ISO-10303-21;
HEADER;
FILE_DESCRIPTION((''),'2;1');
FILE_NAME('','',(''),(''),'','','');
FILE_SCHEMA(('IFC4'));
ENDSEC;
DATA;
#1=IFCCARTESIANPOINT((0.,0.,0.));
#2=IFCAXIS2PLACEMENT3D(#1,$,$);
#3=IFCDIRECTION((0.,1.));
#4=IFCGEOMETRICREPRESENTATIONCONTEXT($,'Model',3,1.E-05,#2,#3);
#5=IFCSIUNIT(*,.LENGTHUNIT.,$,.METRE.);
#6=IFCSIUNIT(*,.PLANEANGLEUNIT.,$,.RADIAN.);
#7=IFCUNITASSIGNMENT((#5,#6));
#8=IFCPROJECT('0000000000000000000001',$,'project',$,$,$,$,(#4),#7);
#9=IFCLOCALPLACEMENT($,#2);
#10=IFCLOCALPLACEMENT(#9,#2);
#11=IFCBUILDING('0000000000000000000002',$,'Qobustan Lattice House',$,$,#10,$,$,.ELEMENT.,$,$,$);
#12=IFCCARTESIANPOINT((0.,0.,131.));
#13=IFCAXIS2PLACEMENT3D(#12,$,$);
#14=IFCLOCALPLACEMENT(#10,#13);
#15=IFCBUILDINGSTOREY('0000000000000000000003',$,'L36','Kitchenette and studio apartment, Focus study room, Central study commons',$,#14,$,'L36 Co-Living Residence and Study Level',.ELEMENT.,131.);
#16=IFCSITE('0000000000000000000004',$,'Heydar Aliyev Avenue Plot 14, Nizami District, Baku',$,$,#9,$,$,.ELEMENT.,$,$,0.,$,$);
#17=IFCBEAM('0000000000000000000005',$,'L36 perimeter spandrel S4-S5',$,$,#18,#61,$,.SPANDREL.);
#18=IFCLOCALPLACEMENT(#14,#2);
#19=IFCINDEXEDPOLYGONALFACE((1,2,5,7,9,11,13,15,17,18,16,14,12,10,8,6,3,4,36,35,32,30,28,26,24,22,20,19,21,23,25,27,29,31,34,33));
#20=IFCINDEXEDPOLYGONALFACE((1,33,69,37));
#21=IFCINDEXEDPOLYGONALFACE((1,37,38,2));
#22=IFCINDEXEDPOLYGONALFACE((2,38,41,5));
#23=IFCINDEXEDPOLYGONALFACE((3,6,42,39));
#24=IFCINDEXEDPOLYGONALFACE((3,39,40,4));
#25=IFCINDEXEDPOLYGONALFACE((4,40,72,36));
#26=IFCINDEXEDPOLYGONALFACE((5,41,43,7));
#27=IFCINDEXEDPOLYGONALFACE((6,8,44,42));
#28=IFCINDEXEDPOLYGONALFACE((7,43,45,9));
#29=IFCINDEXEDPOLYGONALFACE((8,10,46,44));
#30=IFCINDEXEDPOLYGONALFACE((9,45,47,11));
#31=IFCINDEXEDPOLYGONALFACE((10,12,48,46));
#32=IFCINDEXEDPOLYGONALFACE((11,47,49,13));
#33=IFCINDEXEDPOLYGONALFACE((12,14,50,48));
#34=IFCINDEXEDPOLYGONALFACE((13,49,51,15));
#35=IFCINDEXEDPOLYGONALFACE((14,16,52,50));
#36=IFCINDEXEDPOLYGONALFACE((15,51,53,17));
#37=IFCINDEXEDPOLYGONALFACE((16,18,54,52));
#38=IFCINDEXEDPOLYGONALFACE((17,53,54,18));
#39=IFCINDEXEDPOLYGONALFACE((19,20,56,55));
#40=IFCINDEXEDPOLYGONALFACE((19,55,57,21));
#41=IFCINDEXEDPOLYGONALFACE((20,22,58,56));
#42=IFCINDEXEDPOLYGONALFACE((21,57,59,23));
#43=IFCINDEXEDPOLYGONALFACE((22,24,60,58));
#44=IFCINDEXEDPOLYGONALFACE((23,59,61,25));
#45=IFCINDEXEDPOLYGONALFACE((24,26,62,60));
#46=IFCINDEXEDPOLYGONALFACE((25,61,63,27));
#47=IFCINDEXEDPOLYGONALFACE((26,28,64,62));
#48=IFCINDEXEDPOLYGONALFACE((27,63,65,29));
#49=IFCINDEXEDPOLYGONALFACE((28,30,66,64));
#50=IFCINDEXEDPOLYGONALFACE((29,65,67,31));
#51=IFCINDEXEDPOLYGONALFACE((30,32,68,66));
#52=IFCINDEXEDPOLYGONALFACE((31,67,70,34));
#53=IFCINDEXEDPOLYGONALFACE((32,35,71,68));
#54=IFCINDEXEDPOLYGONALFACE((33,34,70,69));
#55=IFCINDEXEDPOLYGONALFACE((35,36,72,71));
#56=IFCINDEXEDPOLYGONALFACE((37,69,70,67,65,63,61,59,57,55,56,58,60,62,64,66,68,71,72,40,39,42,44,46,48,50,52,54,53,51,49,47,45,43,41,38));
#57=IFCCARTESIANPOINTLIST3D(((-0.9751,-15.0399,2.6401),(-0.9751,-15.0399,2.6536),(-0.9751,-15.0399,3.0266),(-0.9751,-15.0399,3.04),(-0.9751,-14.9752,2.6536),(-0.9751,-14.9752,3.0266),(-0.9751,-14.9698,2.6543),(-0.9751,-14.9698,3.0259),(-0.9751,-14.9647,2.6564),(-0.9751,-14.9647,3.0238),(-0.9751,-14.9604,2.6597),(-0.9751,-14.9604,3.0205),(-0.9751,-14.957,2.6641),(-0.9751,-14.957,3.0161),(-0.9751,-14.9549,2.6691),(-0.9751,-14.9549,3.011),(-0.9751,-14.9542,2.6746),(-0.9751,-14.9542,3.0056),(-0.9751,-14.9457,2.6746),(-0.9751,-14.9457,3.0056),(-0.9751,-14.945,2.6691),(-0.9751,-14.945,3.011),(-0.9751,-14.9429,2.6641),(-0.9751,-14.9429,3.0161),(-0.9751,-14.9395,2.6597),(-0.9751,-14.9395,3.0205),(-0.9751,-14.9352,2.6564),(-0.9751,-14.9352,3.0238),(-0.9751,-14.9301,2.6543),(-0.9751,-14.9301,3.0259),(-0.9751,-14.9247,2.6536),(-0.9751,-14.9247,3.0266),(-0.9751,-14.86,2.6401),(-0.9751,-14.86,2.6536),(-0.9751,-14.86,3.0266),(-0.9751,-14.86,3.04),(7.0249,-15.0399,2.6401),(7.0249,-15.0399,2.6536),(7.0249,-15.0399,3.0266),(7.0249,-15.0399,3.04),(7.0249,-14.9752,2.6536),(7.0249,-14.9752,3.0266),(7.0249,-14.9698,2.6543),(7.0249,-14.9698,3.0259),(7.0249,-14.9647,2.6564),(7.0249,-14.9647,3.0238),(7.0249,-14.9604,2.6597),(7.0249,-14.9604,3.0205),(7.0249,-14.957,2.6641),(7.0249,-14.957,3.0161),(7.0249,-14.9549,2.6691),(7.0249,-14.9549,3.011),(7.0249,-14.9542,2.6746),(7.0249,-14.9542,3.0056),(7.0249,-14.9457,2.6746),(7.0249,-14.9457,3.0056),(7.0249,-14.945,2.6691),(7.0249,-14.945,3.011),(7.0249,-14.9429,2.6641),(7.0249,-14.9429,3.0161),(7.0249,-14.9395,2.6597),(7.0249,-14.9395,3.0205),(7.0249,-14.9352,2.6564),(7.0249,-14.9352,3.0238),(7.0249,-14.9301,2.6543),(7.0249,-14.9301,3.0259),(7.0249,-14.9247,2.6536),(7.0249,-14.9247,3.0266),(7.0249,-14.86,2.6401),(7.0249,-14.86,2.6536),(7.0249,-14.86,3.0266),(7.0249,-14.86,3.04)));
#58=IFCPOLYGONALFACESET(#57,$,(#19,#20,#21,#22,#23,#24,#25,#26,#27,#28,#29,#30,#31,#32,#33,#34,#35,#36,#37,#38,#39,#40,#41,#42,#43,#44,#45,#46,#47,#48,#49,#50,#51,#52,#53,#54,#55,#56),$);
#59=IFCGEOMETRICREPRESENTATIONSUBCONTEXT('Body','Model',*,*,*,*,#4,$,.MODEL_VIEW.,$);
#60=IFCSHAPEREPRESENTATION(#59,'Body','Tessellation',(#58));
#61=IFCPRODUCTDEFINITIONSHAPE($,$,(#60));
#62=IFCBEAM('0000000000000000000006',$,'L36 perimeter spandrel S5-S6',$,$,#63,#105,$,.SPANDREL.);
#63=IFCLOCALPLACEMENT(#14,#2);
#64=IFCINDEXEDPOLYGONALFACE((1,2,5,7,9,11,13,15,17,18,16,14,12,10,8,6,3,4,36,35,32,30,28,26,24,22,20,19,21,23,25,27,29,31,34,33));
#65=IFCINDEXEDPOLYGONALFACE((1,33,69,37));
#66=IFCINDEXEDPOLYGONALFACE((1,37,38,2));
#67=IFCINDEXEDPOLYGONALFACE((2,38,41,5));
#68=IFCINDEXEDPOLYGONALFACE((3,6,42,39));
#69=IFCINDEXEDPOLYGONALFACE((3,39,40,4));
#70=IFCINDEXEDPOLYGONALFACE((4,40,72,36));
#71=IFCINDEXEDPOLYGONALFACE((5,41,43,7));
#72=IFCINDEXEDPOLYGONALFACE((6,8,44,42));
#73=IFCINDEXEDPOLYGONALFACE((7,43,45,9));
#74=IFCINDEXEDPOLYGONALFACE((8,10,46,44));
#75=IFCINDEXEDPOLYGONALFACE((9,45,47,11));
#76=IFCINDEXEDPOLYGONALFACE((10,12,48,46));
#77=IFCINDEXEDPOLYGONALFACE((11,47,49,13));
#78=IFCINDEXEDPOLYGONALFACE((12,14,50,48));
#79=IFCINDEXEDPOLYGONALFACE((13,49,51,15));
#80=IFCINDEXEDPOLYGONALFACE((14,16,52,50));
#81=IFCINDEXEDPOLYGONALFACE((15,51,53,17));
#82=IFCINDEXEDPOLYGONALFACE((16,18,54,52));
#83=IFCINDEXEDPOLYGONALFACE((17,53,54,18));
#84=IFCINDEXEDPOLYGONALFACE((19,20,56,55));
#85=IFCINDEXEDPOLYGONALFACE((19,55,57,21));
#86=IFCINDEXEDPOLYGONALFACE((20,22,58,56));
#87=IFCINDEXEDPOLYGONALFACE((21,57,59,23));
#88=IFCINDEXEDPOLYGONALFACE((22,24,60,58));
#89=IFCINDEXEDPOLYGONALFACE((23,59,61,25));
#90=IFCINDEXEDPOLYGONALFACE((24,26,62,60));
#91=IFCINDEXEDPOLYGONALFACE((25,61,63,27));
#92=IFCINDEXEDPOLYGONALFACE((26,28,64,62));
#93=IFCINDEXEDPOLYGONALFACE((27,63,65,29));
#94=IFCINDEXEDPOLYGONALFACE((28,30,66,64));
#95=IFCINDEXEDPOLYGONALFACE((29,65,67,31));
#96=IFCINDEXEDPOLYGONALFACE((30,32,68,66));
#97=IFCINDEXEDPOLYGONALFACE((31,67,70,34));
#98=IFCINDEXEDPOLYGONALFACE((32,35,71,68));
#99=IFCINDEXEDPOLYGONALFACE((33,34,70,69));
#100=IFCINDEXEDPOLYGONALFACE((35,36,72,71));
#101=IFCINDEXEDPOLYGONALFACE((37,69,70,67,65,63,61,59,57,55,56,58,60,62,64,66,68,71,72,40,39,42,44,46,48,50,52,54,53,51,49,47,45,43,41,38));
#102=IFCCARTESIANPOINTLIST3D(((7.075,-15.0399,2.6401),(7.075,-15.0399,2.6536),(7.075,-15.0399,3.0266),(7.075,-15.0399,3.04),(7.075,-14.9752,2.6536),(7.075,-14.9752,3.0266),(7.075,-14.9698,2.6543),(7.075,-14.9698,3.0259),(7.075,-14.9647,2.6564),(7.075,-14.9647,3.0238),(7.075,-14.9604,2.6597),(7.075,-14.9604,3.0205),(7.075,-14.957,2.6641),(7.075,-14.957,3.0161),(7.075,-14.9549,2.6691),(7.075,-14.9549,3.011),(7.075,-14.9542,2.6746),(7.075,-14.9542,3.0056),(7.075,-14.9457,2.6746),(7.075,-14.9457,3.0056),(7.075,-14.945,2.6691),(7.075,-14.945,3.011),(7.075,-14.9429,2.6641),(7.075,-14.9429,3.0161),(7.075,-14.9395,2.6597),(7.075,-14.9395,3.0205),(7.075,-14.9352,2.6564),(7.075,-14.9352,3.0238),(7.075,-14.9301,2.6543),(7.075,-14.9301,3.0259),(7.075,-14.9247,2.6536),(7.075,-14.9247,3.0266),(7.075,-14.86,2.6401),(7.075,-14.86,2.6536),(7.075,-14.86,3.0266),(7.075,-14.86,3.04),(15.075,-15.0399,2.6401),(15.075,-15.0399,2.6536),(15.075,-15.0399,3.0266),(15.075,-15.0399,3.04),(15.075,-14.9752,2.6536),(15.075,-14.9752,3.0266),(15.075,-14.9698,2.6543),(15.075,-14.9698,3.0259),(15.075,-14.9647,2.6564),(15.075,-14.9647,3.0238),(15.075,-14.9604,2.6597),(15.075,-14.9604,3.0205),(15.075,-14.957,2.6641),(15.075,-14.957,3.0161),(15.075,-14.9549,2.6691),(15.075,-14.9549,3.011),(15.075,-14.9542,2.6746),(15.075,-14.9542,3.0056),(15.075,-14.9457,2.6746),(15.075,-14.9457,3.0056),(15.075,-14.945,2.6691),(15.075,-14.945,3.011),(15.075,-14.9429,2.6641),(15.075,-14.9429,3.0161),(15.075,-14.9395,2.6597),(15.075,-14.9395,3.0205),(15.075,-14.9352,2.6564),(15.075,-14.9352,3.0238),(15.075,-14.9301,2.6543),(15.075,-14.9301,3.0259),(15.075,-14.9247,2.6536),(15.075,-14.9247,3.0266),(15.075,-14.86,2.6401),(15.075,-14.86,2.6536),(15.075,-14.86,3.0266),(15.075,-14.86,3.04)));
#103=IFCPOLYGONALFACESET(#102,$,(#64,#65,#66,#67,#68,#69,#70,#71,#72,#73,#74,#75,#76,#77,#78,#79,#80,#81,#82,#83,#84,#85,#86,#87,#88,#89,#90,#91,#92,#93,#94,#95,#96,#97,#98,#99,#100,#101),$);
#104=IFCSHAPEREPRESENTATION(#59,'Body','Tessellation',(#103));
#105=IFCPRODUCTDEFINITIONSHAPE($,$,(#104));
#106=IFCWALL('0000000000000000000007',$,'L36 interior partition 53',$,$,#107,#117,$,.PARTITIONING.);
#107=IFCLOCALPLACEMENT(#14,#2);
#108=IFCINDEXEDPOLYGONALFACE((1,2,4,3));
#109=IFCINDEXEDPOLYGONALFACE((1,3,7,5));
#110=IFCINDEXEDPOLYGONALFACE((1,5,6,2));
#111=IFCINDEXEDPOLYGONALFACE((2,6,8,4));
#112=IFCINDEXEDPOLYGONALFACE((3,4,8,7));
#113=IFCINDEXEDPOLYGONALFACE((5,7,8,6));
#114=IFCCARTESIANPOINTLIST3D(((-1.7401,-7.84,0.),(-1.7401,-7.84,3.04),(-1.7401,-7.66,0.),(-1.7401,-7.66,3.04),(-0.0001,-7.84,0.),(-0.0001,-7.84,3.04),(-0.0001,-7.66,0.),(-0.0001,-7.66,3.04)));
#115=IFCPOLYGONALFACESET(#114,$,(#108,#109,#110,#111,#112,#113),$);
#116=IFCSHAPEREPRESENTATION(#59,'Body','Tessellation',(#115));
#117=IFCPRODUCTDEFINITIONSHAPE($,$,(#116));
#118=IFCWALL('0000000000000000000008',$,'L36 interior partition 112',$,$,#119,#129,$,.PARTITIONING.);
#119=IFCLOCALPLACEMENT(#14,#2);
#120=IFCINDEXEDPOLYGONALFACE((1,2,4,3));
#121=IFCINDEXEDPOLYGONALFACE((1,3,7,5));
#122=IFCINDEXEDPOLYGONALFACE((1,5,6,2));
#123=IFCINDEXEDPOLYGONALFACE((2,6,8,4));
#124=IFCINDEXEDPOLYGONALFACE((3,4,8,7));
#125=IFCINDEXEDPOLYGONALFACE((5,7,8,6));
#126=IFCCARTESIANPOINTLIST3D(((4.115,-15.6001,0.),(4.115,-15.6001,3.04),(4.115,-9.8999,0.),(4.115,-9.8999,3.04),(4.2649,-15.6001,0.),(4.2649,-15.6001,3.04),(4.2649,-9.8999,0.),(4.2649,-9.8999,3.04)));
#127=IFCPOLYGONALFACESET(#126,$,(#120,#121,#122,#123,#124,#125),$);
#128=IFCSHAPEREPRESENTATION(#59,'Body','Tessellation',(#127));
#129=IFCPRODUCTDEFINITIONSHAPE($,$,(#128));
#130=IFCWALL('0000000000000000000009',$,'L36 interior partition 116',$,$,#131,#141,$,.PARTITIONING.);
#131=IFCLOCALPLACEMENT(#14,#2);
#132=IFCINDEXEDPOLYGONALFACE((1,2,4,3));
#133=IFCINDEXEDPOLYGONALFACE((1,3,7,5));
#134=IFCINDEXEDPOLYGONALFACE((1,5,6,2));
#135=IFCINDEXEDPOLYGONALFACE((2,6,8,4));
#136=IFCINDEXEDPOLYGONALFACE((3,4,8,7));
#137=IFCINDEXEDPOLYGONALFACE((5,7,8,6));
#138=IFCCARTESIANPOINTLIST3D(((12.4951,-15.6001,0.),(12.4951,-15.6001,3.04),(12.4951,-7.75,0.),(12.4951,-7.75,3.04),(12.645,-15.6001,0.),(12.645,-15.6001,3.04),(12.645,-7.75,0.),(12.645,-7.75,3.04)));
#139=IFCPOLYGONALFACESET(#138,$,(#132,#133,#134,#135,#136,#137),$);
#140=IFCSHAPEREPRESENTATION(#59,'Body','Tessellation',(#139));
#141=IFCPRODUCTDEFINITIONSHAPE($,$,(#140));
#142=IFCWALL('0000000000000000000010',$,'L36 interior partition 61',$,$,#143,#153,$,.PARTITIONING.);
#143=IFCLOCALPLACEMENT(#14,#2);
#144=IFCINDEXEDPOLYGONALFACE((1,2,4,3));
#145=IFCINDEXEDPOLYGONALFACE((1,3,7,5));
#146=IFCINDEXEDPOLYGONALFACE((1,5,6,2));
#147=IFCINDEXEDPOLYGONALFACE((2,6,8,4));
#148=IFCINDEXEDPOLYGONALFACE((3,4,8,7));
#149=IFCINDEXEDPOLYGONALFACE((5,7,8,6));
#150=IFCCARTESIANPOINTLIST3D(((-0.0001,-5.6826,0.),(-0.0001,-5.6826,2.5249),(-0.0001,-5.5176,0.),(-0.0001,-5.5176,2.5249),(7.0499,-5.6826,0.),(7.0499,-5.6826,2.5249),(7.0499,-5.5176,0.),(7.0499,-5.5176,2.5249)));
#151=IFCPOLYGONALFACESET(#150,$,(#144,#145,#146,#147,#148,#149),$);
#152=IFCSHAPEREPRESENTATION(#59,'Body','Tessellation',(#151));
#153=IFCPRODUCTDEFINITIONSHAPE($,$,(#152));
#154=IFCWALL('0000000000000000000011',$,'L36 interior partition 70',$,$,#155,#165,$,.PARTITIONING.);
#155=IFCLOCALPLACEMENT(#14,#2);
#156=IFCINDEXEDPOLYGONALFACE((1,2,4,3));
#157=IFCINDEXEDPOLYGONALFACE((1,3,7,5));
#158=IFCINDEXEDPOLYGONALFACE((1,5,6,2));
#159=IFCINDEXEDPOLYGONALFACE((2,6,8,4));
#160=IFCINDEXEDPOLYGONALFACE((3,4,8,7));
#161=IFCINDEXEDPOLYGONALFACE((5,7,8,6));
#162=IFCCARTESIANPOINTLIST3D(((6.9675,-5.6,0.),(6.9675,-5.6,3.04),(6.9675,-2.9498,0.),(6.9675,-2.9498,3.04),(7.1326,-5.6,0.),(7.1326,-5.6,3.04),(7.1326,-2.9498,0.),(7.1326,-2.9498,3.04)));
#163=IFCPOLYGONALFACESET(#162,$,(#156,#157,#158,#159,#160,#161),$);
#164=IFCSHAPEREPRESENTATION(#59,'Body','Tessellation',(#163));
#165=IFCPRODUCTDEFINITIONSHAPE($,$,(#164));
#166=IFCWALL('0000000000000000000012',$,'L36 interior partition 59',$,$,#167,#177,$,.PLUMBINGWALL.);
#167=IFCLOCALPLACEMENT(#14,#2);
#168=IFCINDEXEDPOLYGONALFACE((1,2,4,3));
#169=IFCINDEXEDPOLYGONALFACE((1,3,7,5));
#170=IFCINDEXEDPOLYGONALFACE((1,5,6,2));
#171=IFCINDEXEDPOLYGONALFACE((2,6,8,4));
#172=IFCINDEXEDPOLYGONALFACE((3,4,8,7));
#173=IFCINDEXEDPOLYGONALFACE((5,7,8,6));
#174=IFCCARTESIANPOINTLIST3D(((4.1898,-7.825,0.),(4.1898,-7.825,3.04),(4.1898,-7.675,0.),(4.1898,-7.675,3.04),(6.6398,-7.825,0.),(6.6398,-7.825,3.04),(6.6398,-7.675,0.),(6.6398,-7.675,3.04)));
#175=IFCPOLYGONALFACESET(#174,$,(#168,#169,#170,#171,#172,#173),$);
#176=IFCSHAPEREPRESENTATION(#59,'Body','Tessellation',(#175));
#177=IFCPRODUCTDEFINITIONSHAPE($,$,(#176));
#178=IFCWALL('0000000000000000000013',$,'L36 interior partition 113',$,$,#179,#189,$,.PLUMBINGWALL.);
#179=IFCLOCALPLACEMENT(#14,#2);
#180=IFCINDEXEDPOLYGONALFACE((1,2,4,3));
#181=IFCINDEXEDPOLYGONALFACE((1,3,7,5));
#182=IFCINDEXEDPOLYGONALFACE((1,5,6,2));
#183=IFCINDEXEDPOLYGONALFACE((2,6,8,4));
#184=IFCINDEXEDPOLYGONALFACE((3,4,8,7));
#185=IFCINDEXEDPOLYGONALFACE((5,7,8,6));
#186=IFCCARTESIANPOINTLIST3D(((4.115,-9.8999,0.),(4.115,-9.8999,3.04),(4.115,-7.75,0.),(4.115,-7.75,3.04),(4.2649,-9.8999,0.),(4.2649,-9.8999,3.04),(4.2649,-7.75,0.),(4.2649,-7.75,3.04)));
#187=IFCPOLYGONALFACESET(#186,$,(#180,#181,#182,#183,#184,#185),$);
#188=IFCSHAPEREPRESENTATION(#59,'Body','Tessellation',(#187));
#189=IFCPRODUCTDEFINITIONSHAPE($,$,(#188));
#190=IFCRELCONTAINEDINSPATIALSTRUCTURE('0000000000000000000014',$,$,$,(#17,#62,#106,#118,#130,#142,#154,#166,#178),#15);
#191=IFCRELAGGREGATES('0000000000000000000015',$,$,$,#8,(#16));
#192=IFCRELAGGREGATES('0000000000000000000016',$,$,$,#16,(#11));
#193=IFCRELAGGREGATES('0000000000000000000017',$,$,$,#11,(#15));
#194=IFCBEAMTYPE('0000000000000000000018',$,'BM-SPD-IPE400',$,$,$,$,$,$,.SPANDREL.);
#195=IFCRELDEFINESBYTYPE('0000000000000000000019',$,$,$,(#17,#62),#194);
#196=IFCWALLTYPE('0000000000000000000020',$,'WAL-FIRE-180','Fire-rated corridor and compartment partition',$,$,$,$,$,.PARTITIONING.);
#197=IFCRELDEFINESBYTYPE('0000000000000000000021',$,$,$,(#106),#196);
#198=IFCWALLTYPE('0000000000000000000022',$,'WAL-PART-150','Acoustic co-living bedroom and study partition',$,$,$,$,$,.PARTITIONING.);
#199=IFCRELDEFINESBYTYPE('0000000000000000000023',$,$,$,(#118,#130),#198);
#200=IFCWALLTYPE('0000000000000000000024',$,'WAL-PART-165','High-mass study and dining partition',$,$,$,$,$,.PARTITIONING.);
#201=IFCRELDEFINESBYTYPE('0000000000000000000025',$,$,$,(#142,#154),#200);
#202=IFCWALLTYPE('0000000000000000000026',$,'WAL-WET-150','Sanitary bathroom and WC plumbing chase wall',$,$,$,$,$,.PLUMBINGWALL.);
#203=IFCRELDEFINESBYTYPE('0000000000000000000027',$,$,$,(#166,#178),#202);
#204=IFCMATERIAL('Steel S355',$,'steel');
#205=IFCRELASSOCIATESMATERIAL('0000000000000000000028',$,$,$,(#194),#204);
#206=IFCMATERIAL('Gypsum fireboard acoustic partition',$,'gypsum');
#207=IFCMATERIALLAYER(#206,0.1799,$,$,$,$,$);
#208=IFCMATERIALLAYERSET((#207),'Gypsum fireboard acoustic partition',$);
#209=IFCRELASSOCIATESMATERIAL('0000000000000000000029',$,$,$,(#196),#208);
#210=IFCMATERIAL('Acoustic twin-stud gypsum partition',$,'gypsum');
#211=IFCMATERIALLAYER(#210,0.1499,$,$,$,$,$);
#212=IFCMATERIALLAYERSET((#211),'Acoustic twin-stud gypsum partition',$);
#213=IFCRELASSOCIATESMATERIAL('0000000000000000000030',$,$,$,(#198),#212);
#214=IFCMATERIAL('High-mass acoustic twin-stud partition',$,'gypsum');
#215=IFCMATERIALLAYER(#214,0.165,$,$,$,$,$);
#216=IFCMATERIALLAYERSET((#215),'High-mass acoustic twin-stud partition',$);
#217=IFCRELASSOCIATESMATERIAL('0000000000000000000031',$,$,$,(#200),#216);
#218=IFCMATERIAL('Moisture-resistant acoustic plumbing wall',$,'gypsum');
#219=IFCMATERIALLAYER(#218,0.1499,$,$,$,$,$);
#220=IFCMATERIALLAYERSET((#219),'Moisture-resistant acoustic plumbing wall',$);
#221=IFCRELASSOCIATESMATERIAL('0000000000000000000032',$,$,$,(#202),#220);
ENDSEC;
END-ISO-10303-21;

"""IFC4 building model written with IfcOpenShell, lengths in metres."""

from ifc_helpers import new_model, si_unit, direction, frame, frame_2d, origin, origin_2d, place, context, subcontext, project, spatial, rectangle, i_section, extrude, material, layer, layer_set, material_profile, profile_set, type_object, element, save


model = new_model("IFC4")

# Units and contexts
model_context = context("Model", 3, precision=1e-05, world=origin(), true_north=direction((0.0, 1.0)))
body_context = subcontext(model_context, "Body", "Model", "MODEL_VIEW")
ifc_project = project(units=[si_unit("LENGTHUNIT", "METRE"), si_unit("PLANEANGLEUNIT", "RADIAN")], contexts=[model_context])

# Site, building, storey
site_placement = place(None, origin())
site = spatial("IfcSite", under=ifc_project, at=site_placement, Name="Heydar Aliyev Avenue Plot 14, Nizami District, Baku", CompositionType="ELEMENT", RefElevation=0.0)
building_placement = place(site_placement, origin())
building = spatial("IfcBuilding", under=site, at=building_placement, Name="Qobustan Lattice House", CompositionType="ELEMENT")
storey_placement = place(building_placement, frame((0.0, 0.0, 131.0)))
storey = spatial("IfcBuildingStorey", under=building, at=storey_placement, Name="L36", Description="Kitchenette and studio apartment, Focus study room, Central study commons", LongName="L36 Co-Living Residence and Study Level", CompositionType="ELEMENT", Elevation=131.0)

# Beams
ifc_material_1 = material(Name="Steel S355", Category="steel")
ifc_material_profile_1 = material_profile(ifc_material_1, i_section(OverallWidth=0.1799, OverallDepth=0.3999, WebThickness=0.0085, FlangeThickness=0.0134, FilletRadius=0.021, at=origin_2d()), Name="IPE400")
ifc_profile_set_1 = profile_set([ifc_material_profile_1], Name="Steel S355")
beam_type_1 = type_object("IfcBeamType", Name="BM-SPD-IPE400", PredefinedType="SPANDREL", material=ifc_profile_set_1)
for number, where, z_axis, x_axis, name in (
    (1, (-0.9751, -14.95, 2.8401), (1.0, 0.0, 0.0), (0.0, 1.0, 0.0), "L36 perimeter spandrel S4-S5"),
    (2, (7.075, -14.95, 2.8401), (1.0, 0.0, 0.0), (0.0, 1.0, 0.0), "L36 perimeter spandrel S5-S6"),
):
    element("IfcBeam", number, at=place(storey_placement, frame(where, z_axis=z_axis, x_axis=x_axis)), inside=storey, type_object=beam_type_1, Name=name, PredefinedType="SPANDREL", context=body_context, shape_type="SweptSolid", body=[
        extrude(i_section(OverallWidth=0.1799, OverallDepth=0.3999, WebThickness=0.0085, FlangeThickness=0.0134, FilletRadius=0.021, at=origin_2d()), origin(), (0.0, 0.0, 1.0), 8.0),
    ])

# Wall
ifc_material_2 = material(Name="Gypsum fireboard acoustic partition", Category="gypsum")
ifc_layer_1 = layer(ifc_material_2, 0.1799)
ifc_layer_set_1 = layer_set([ifc_layer_1], Name="Gypsum fireboard acoustic partition")
wall_type_1 = type_object("IfcWallType", Name="WAL-FIRE-180", Description="Fire-rated corridor and compartment partition", PredefinedType="PARTITIONING", material=ifc_layer_set_1)
wall_1_placement = place(storey_placement, frame((0.0, -7.75, 0.0), z_axis=(0.0, 0.0, 1.0), x_axis=(-1.0, 0.0, 0.0)))
element("IfcWall", 3, at=wall_1_placement, inside=storey, type_object=wall_type_1, Name="L36 interior partition 53", PredefinedType="PARTITIONING", context=body_context, shape_type="SweptSolid", body=[
    extrude(rectangle(XDim=1.74, YDim=0.1799, at=frame_2d((0.8701, 0.0))), origin(), (0.0, 0.0, 1.0), 3.04),
])

# Walls
ifc_material_3 = material(Name="Acoustic twin-stud gypsum partition", Category="gypsum")
ifc_layer_2 = layer(ifc_material_3, 0.1499)
ifc_layer_set_2 = layer_set([ifc_layer_2], Name="Acoustic twin-stud gypsum partition")
wall_type_2 = type_object("IfcWallType", Name="WAL-PART-150", Description="Acoustic co-living bedroom and study partition", PredefinedType="PARTITIONING", material=ifc_layer_set_2)
wall_2_placement = place(storey_placement, frame((4.1899, -9.8999, 0.0), z_axis=(0.0, 0.0, 1.0), x_axis=(0.0, -1.0, 0.0)))
element("IfcWall", 4, at=wall_2_placement, inside=storey, type_object=wall_type_2, Name="L36 interior partition 112", PredefinedType="PARTITIONING", context=body_context, shape_type="SweptSolid", body=[
    extrude(rectangle(XDim=5.7002, YDim=0.1499, at=frame_2d((2.8501, 0.0))), origin(), (0.0, 0.0, 1.0), 3.04),
])
wall_3_placement = place(storey_placement, frame((12.5701, -7.75, 0.0), z_axis=(0.0, 0.0, 1.0), x_axis=(0.0, -1.0, 0.0)))
element("IfcWall", 5, at=wall_3_placement, inside=storey, type_object=wall_type_2, Name="L36 interior partition 116", PredefinedType="PARTITIONING", context=body_context, shape_type="SweptSolid", body=[
    extrude(rectangle(XDim=7.8501, YDim=0.1499, at=frame_2d((3.925, 0.0))), origin(), (0.0, 0.0, 1.0), 3.04),
])
ifc_material_4 = material(Name="High-mass acoustic twin-stud partition", Category="gypsum")
ifc_layer_3 = layer(ifc_material_4, 0.165)
ifc_layer_set_3 = layer_set([ifc_layer_3], Name="High-mass acoustic twin-stud partition")
wall_type_3 = type_object("IfcWallType", Name="WAL-PART-165", Description="High-mass study and dining partition", PredefinedType="PARTITIONING", material=ifc_layer_set_3)
wall_4_placement = place(storey_placement, frame((0.0, -5.6001, 0.0), z_axis=(0.0, 0.0, 1.0), x_axis=(1.0, 0.0, 0.0)))
element("IfcWall", 6, at=wall_4_placement, inside=storey, type_object=wall_type_3, Name="L36 interior partition 61", PredefinedType="PARTITIONING", context=body_context, shape_type="SweptSolid", body=[
    extrude(rectangle(XDim=7.05, YDim=0.165, at=frame_2d((3.5249, 0.0))), origin(), (0.0, 0.0, 1.0), 2.5249),
])
wall_5_placement = place(storey_placement, frame((7.05, -5.6001, 0.0), z_axis=(0.0, 0.0, 1.0), x_axis=(0.0, 1.0, 0.0)))
element("IfcWall", 7, at=wall_5_placement, inside=storey, type_object=wall_type_3, Name="L36 interior partition 70", PredefinedType="PARTITIONING", context=body_context, shape_type="SweptSolid", body=[
    extrude(rectangle(XDim=2.6501, YDim=0.165, at=frame_2d((1.3252, 0.0))), origin(), (0.0, 0.0, 1.0), 3.04),
])
ifc_material_5 = material(Name="Moisture-resistant acoustic plumbing wall", Category="gypsum")
ifc_layer_4 = layer(ifc_material_5, 0.1499)
ifc_layer_set_4 = layer_set([ifc_layer_4], Name="Moisture-resistant acoustic plumbing wall")
wall_type_4 = type_object("IfcWallType", Name="WAL-WET-150", Description="Sanitary bathroom and WC plumbing chase wall", PredefinedType="PLUMBINGWALL", material=ifc_layer_set_4)
wall_6_placement = place(storey_placement, frame((6.6399, -7.75, 0.0), z_axis=(0.0, 0.0, 1.0), x_axis=(-1.0, 0.0, 0.0)))
element("IfcWall", 8, at=wall_6_placement, inside=storey, type_object=wall_type_4, Name="L36 interior partition 59", PredefinedType="PLUMBINGWALL", context=body_context, shape_type="SweptSolid", body=[
    extrude(rectangle(XDim=2.45, YDim=0.1499, at=frame_2d((1.2251, 0.0))), origin(), (0.0, 0.0, 1.0), 3.04),
])
wall_7_placement = place(storey_placement, frame((4.1899, -7.75, 0.0), z_axis=(0.0, 0.0, 1.0), x_axis=(0.0, -1.0, 0.0)))
element("IfcWall", 9, at=wall_7_placement, inside=storey, type_object=wall_type_4, Name="L36 interior partition 113", PredefinedType="PLUMBINGWALL", context=body_context, shape_type="SweptSolid", body=[
    extrude(rectangle(XDim=2.1499, YDim=0.1499, at=frame_2d((1.075, 0.0))), origin(), (0.0, 0.0, 1.0), 3.04),
])

save(model, "model.ifc")
